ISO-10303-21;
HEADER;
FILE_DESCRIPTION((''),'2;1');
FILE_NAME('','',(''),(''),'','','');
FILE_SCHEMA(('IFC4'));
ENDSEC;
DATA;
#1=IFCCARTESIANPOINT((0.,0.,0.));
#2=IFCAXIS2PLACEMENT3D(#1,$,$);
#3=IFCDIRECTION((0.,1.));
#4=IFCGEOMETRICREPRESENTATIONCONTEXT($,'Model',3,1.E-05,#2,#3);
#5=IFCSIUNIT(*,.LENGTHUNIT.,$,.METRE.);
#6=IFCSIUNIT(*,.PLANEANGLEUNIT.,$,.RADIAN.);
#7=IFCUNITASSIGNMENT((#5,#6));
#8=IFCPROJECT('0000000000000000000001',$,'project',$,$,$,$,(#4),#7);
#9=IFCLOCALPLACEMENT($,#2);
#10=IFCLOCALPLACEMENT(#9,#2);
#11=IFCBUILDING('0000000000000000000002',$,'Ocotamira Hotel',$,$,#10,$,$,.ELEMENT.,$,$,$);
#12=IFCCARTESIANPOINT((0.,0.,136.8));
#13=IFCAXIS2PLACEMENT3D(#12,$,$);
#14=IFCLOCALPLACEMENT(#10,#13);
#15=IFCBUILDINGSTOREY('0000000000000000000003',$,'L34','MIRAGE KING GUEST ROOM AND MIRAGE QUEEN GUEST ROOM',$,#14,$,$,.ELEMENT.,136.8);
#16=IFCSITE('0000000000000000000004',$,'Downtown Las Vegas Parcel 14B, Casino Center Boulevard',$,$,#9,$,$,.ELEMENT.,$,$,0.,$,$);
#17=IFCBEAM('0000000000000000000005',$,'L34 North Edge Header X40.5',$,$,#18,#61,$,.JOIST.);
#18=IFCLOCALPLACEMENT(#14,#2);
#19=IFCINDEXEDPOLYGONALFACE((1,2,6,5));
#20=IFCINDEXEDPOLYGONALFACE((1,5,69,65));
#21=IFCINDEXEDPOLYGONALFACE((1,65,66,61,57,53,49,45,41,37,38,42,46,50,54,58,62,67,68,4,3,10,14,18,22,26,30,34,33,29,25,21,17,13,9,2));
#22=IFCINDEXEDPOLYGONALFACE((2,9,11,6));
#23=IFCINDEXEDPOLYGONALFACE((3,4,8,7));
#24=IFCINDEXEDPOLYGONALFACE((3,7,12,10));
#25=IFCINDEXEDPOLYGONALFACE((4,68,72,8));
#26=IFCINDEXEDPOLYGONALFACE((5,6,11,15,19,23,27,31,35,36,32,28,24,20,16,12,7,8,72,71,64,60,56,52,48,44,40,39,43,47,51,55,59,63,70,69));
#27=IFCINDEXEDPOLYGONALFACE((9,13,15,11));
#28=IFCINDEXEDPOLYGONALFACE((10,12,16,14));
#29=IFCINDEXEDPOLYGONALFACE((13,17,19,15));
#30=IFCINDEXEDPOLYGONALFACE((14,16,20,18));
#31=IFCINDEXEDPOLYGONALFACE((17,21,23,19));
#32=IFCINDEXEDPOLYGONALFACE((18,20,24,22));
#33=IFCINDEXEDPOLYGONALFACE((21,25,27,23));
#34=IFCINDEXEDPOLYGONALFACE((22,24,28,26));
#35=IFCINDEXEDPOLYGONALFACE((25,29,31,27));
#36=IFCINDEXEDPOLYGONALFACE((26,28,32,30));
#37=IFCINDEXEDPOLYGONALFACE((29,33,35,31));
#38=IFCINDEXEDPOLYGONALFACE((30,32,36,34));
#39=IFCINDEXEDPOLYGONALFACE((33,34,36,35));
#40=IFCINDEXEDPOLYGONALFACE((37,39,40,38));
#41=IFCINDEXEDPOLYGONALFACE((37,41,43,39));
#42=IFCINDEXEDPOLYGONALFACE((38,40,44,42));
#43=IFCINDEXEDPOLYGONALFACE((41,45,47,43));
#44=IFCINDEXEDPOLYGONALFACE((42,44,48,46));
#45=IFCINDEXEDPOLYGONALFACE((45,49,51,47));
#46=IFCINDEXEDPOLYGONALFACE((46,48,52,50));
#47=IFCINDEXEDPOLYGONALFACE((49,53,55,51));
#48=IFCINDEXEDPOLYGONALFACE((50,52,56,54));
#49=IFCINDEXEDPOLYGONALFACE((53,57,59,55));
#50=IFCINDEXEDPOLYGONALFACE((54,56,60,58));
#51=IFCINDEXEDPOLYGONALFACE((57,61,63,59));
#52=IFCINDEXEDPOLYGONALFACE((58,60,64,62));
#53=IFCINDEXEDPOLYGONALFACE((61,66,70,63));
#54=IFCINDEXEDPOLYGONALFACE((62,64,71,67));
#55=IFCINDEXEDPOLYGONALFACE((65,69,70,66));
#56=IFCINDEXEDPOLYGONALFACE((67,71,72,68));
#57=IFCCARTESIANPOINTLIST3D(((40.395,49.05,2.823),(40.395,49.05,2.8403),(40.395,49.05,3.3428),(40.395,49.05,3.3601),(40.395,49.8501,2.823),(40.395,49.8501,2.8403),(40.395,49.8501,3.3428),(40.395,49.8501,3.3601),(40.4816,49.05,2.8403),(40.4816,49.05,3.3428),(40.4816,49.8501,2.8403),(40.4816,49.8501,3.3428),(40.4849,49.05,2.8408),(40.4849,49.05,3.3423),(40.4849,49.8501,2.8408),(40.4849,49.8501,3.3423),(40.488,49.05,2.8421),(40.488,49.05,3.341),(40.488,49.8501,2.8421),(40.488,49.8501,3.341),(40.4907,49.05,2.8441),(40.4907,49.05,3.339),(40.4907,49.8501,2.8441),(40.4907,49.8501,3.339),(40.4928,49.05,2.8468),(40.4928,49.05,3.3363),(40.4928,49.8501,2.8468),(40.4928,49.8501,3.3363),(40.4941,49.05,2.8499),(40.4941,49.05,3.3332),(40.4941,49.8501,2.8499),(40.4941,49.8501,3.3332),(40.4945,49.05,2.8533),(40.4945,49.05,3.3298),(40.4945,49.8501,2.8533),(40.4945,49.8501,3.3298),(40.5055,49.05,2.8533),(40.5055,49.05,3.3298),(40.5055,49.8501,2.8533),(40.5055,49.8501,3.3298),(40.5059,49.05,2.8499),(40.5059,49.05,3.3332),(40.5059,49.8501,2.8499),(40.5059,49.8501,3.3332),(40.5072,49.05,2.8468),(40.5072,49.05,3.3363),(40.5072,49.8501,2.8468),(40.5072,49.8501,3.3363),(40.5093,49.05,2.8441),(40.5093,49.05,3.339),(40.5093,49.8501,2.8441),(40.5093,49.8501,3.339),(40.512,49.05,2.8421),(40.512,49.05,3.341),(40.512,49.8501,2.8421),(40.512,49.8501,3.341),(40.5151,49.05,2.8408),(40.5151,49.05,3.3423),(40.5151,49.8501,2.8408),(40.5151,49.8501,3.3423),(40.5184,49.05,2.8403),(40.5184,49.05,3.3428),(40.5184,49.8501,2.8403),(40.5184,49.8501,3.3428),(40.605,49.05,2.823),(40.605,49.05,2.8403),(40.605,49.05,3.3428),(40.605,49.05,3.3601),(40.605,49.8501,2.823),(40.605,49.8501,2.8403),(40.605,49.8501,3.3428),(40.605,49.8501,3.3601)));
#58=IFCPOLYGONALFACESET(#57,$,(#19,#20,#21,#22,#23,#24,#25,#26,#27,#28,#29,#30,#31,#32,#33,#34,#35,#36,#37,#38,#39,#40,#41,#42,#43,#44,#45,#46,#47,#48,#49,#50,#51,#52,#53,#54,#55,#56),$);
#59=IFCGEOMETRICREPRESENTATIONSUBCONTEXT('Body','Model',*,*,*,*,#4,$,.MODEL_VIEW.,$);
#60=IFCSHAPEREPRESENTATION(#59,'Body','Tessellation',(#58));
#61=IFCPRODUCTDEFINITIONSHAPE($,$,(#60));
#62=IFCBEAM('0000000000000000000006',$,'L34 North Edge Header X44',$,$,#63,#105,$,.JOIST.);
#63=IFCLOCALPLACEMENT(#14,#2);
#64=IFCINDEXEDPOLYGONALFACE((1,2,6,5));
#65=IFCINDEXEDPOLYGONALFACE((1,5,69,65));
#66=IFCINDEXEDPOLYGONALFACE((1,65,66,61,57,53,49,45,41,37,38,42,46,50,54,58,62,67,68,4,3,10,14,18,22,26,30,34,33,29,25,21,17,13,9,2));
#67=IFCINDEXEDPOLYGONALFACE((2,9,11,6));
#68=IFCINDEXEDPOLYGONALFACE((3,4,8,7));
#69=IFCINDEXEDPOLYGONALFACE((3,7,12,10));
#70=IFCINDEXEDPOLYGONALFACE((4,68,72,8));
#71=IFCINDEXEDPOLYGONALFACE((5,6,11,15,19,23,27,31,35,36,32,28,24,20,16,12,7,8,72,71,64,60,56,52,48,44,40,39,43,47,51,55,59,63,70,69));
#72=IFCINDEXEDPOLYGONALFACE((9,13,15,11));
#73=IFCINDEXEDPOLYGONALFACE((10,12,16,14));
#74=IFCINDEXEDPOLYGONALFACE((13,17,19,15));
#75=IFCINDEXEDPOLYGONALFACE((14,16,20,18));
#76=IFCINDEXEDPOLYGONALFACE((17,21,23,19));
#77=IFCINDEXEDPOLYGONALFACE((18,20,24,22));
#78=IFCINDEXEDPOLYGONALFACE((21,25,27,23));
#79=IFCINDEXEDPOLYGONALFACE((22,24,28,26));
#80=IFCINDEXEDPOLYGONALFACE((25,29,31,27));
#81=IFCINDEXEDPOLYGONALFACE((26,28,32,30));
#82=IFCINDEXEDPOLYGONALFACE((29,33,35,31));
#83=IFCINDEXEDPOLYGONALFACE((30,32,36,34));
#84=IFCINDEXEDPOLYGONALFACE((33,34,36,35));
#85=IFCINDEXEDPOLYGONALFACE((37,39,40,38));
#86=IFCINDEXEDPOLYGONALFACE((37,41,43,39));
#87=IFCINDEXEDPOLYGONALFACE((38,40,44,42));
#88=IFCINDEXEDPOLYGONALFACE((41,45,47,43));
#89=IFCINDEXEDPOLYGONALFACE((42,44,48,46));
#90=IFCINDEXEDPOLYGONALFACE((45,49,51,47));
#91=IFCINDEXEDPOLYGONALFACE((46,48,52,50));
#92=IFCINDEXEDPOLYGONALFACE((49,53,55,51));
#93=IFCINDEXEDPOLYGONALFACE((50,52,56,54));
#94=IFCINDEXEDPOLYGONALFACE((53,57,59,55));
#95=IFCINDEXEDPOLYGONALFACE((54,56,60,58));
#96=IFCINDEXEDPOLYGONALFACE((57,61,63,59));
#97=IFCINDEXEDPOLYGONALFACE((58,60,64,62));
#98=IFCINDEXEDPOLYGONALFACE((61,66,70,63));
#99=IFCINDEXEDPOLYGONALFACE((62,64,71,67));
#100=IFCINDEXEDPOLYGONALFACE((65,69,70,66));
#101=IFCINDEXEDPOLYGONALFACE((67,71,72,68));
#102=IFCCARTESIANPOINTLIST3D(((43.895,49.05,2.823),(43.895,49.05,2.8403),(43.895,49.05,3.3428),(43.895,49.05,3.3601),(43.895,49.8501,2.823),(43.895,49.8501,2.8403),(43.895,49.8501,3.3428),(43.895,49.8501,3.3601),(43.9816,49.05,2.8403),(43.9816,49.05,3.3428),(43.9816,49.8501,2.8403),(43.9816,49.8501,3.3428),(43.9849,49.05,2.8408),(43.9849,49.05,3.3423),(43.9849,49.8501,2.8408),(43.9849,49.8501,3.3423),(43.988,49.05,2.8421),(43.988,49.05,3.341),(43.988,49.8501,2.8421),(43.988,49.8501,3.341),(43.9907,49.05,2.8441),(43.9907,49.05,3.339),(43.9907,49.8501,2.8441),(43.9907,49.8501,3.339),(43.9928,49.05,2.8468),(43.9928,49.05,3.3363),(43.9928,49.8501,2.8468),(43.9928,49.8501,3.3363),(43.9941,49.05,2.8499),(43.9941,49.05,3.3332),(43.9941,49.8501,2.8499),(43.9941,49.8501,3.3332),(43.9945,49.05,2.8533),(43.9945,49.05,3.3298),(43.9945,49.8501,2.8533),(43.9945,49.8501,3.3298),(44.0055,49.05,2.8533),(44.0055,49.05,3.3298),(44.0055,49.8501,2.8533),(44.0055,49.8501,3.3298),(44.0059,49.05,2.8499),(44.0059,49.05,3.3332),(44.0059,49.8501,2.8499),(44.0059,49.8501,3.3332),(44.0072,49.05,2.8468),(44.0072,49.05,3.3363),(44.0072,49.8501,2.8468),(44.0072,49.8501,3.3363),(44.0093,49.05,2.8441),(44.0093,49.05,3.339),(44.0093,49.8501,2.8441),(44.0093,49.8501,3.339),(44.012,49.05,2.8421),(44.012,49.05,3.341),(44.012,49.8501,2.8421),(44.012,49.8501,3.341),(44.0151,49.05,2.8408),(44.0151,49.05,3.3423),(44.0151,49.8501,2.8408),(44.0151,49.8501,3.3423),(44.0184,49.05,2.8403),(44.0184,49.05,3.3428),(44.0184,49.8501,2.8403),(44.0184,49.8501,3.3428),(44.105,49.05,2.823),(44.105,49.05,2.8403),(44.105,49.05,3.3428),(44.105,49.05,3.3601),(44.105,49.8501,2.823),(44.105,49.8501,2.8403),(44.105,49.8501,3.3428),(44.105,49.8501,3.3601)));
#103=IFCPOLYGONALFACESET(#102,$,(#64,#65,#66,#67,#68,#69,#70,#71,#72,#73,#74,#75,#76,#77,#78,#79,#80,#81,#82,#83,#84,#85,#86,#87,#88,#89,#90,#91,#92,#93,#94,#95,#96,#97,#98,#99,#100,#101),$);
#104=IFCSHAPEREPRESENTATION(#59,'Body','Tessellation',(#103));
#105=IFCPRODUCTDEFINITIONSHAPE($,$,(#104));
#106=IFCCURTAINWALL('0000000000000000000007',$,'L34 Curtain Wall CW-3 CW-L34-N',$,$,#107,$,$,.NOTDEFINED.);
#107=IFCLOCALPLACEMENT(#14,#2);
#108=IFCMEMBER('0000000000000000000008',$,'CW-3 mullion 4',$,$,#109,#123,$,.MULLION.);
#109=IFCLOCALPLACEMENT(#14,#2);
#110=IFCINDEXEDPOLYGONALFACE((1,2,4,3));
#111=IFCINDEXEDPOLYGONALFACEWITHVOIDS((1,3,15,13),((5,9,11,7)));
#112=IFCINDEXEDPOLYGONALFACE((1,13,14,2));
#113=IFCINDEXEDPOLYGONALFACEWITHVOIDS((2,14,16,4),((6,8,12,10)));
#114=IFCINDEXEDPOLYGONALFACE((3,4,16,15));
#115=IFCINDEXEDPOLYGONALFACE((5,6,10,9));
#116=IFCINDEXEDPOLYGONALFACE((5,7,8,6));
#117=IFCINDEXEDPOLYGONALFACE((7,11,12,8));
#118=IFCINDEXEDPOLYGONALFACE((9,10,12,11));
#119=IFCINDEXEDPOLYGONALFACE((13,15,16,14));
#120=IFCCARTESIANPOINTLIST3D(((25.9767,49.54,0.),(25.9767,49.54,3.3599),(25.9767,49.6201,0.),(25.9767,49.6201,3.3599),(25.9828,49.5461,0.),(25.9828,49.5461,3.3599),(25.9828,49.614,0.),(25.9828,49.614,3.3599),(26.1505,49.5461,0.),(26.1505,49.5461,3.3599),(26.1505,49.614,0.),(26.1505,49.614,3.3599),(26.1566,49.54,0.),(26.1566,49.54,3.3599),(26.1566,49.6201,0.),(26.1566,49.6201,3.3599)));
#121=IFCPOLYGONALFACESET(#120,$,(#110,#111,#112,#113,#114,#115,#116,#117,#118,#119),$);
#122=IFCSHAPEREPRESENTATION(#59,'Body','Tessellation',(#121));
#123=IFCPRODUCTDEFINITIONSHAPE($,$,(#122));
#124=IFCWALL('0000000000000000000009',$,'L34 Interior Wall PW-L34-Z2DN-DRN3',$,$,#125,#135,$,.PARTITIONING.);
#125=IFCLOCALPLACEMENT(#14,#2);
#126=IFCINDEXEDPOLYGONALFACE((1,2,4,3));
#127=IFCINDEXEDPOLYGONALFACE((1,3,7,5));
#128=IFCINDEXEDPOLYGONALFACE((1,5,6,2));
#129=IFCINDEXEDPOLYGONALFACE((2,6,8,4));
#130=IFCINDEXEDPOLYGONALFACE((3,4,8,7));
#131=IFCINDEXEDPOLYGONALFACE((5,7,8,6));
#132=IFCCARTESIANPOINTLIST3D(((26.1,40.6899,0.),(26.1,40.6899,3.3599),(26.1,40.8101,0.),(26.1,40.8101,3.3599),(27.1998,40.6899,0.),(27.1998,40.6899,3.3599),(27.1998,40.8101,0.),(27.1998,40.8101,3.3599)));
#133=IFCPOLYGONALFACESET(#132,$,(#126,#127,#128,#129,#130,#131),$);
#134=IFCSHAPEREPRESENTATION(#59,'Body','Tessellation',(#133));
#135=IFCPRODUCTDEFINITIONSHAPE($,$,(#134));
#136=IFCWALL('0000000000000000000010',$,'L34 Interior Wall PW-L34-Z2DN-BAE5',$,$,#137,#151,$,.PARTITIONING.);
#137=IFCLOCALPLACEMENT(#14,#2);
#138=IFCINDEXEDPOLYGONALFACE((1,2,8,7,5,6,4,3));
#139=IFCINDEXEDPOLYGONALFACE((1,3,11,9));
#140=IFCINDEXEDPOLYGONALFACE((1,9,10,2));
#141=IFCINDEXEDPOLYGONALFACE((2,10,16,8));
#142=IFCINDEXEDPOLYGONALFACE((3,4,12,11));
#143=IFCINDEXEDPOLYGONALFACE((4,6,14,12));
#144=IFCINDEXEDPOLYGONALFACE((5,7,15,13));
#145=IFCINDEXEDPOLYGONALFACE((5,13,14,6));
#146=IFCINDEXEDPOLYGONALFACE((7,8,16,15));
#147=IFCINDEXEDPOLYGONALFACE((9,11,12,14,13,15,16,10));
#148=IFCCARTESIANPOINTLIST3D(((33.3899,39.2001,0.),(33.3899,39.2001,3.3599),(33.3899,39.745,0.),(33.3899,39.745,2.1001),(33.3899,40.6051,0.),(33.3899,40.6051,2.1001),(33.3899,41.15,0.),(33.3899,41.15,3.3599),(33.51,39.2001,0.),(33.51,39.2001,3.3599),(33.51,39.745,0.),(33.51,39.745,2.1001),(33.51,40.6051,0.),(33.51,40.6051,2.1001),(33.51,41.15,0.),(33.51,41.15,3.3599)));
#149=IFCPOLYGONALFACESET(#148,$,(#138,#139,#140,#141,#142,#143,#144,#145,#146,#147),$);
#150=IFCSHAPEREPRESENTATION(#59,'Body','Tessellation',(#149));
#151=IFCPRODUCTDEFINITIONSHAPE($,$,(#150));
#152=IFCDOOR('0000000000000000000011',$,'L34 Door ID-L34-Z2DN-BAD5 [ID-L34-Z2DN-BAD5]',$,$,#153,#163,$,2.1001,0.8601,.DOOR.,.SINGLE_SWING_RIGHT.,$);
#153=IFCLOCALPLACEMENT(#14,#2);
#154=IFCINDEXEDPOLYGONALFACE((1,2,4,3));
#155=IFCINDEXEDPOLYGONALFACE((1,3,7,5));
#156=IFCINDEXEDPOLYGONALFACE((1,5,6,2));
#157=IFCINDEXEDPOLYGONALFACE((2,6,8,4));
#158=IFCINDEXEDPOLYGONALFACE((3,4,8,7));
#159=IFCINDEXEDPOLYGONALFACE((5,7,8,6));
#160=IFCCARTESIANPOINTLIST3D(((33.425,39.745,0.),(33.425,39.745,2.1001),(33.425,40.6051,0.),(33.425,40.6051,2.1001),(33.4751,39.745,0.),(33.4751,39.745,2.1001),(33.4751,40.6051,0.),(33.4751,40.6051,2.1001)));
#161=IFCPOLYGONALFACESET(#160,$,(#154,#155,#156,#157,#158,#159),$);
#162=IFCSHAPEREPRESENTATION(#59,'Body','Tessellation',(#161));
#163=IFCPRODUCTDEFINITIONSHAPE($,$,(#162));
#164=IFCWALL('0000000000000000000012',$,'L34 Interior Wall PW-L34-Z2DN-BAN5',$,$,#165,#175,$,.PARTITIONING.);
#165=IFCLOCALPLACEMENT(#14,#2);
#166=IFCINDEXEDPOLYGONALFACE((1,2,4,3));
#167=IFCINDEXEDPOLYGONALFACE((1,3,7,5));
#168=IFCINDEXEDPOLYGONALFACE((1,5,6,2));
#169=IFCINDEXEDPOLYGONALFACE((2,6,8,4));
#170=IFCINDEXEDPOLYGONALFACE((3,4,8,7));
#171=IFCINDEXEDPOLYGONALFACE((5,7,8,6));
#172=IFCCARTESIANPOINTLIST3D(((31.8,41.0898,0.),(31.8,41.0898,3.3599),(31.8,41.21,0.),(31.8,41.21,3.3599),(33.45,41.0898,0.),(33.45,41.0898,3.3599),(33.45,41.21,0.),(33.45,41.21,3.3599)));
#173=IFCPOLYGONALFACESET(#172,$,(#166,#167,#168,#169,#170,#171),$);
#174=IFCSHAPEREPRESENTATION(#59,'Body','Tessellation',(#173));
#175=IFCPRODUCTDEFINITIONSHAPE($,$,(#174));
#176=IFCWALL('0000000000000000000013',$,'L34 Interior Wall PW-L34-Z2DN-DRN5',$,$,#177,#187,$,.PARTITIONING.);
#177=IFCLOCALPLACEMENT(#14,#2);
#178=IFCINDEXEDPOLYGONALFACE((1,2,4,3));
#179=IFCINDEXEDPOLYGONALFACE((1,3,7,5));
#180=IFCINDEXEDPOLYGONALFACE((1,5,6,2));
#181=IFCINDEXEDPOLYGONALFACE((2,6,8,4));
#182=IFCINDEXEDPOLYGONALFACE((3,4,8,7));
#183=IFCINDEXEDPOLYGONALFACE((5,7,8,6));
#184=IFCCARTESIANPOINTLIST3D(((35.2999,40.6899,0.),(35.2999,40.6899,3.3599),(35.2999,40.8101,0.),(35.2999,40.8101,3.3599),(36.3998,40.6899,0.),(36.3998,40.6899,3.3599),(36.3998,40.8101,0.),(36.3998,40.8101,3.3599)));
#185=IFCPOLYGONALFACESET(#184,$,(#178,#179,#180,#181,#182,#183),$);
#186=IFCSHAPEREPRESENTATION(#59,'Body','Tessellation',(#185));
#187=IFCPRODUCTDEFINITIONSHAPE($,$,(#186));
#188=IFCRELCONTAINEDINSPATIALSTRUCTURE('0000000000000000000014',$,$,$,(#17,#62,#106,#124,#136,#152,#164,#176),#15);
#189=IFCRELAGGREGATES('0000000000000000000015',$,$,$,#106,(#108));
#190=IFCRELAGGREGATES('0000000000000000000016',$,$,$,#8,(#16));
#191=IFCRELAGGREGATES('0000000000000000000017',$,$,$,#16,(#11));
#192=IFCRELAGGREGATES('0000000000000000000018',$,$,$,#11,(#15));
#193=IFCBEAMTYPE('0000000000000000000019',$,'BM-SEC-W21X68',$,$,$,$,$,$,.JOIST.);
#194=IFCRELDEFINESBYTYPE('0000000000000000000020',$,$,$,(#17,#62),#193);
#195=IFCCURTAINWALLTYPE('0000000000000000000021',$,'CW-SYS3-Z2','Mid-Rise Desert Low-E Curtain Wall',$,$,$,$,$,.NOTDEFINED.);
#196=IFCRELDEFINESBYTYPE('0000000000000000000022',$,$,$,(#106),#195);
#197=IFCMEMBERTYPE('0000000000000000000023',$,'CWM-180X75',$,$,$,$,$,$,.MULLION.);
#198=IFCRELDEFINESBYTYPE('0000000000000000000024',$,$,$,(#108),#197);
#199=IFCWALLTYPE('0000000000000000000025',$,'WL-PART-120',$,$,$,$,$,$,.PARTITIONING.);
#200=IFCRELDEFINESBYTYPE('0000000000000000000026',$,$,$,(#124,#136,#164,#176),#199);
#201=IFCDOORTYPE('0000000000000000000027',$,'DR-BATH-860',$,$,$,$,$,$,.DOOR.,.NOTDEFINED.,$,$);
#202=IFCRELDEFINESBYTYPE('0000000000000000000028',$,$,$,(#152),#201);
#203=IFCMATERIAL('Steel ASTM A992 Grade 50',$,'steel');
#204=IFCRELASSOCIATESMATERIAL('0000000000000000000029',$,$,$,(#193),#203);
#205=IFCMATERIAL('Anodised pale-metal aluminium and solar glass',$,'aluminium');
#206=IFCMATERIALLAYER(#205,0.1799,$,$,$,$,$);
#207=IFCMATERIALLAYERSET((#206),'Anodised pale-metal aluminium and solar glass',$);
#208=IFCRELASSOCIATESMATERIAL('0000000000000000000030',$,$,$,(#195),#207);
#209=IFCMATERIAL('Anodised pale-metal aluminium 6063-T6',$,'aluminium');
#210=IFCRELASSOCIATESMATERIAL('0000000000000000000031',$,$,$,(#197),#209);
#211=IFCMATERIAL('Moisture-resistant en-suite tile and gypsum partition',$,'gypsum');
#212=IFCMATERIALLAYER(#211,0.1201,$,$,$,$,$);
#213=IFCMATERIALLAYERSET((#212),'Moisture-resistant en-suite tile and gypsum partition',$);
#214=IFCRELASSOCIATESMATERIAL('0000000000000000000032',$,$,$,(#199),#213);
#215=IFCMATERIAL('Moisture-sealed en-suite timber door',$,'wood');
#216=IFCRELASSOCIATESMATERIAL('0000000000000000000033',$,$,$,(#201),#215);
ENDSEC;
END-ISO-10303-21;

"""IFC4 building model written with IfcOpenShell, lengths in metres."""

from ifc_helpers import new_model, si_unit, direction, frame, frame_2d, origin, origin_2d, place, context, subcontext, project, spatial, rectangle, hollow_rectangle, i_section, extrude, source, transform, mapped, material, layer, layer_set, material_profile, profile_set, type_object, element, fill, aggregate, save


model = new_model("IFC4")

# Units and contexts
model_context = context("Model", 3, precision=1e-05, world=origin(), true_north=direction((0.0, 1.0)))
body_context = subcontext(model_context, "Body", "Model", "MODEL_VIEW")
ifc_project = project(units=[si_unit("LENGTHUNIT", "METRE"), si_unit("PLANEANGLEUNIT", "RADIAN")], contexts=[model_context])

# Site, building, storey
site_placement = place(None, origin())
site = spatial("IfcSite", under=ifc_project, at=site_placement, Name="Downtown Las Vegas Parcel 14B, Casino Center Boulevard", CompositionType="ELEMENT", RefElevation=0.0)
building_placement = place(site_placement, origin())
building = spatial("IfcBuilding", under=site, at=building_placement, Name="Ocotamira Hotel", CompositionType="ELEMENT")
storey_placement = place(building_placement, frame((0.0, 0.0, 136.8)))
storey = spatial("IfcBuildingStorey", under=building, at=storey_placement, Name="L34", Description="MIRAGE KING GUEST ROOM AND MIRAGE QUEEN GUEST ROOM", CompositionType="ELEMENT", Elevation=136.8)

# Beams
ifc_material_1 = material(Name="Steel ASTM A992 Grade 50", Category="steel")
ifc_material_profile_1 = material_profile(ifc_material_1, i_section(OverallWidth=0.21, OverallDepth=0.5371, WebThickness=0.011, FlangeThickness=0.0173, FilletRadius=0.0129, at=origin_2d()), Name="W21X68")
ifc_profile_set_1 = profile_set([ifc_material_profile_1], Name="Steel ASTM A992 Grade 50")
beam_type_1 = type_object("IfcBeamType", Name="BM-SEC-W21X68", PredefinedType="JOIST", material=ifc_profile_set_1)
shared_shape_1 = source(origin(), body_context, "Body", "SweptSolid", [
    extrude(i_section(OverallWidth=0.21, OverallDepth=0.5371, WebThickness=0.011, FlangeThickness=0.0173, FilletRadius=0.0129, at=origin_2d()), origin(), (0.0, 0.0, 1.0), 0.8),
])
for number, where, z_axis, x_axis, name in (
    (1, (40.5, 49.05, 3.0916), (0.0, 1.0, 0.0), (-1.0, 0.0, 0.0), "L34 North Edge Header X40.5"),
    (2, (44.0, 49.05, 3.0916), (0.0, 1.0, 0.0), (-1.0, 0.0, 0.0), "L34 North Edge Header X44"),
):
    element("IfcBeam", number, at=place(storey_placement, frame(where, z_axis=z_axis, x_axis=x_axis)), inside=storey, type_object=beam_type_1, Name=name, PredefinedType="JOIST", context=body_context, shape_type="MappedRepresentation", body=[
        mapped(shared_shape_1, transform((0.0, 0.0, 0.0), scale=1.0)),
    ])

# Curtain wall, member
ifc_material_2 = material(Name="Anodised pale-metal aluminium and solar glass", Category="aluminium")
ifc_layer_1 = layer(ifc_material_2, 0.1799)
ifc_layer_set_1 = layer_set([ifc_layer_1], Name="Anodised pale-metal aluminium and solar glass")
curtain_wall_type = type_object("IfcCurtainWallType", Name="CW-SYS3-Z2", Description="Mid-Rise Desert Low-E Curtain Wall", PredefinedType="NOTDEFINED", material=ifc_layer_set_1)
curtain_wall_placement = place(storey_placement, origin())
curtain_wall = element("IfcCurtainWall", 3, at=curtain_wall_placement, inside=storey, type_object=curtain_wall_type, Name="L34 Curtain Wall CW-3 CW-L34-N", PredefinedType="NOTDEFINED")
ifc_material_3 = material(Name="Anodised pale-metal aluminium 6063-T6", Category="aluminium")
ifc_material_profile_2 = material_profile(ifc_material_3, hollow_rectangle(XDim=0.0801, YDim=0.1799, WallThickness=0.0061, at=origin_2d()), Name="HSS180X80X6")
ifc_profile_set_2 = profile_set([ifc_material_profile_2], Name="Anodised pale-metal aluminium 6063-T6")
member_type = type_object("IfcMemberType", Name="CWM-180X75", PredefinedType="MULLION", material=ifc_profile_set_2)
shared_shape_2 = source(origin(), body_context, "Body", "SweptSolid", [
    extrude(hollow_rectangle(XDim=0.0801, YDim=0.1799, WallThickness=0.0061, at=origin_2d()), origin(), (0.0, 0.0, 1.0), 3.3599),
])
member_placement = place(storey_placement, frame((26.0667, 49.5801, 0.0), z_axis=(0.0, 0.0, 1.0), x_axis=(0.0, 1.0, 0.0)))
member = element("IfcMember", 4, at=member_placement, type_object=member_type, Name="CW-3 mullion 4", PredefinedType="MULLION", context=body_context, shape_type="MappedRepresentation", body=[
    mapped(shared_shape_2, transform((0.0, 0.0, 0.0), scale=1.0)),
])
aggregate(curtain_wall, [member])

# Wall
ifc_material_4 = material(Name="Moisture-resistant en-suite tile and gypsum partition", Category="gypsum")
ifc_layer_2 = layer(ifc_material_4, 0.1201)
ifc_layer_set_2 = layer_set([ifc_layer_2], Name="Moisture-resistant en-suite tile and gypsum partition")
wall_type_1 = type_object("IfcWallType", Name="WL-PART-120", PredefinedType="PARTITIONING", material=ifc_layer_set_2)
wall_1_placement = place(storey_placement, frame((26.1001, 40.75, 0.0), z_axis=(0.0, 0.0, 1.0), x_axis=(1.0, 0.0, 0.0)))
element("IfcWall", 5, at=wall_1_placement, inside=storey, type_object=wall_type_1, Name="L34 Interior Wall PW-L34-Z2DN-DRN3", PredefinedType="PARTITIONING", context=body_context, shape_type="SweptSolid", body=[
    extrude(rectangle(XDim=1.0999, YDim=0.1201, at=frame_2d((0.5498, 0.0))), origin(), (0.0, 0.0, 1.0), 3.3599),
])

# Wall, opening, door
wall_2_placement = place(storey_placement, frame((33.45, 39.2, 0.0), z_axis=(0.0, 0.0, 1.0), x_axis=(0.0, 1.0, 0.0)))
wall_2 = element("IfcWall", 6, at=wall_2_placement, inside=storey, type_object=wall_type_1, Name="L34 Interior Wall PW-L34-Z2DN-BAE5", PredefinedType="PARTITIONING", context=body_context, shape_type="SweptSolid", body=[
    extrude(rectangle(XDim=1.95, YDim=0.1201, at=frame_2d((0.9751, 0.0))), origin(), (0.0, 0.0, 1.0), 3.3599),
])
opening_1_placement = place(wall_2_placement, frame((0.5449, 0.0, 0.0)))
opening_1 = element("IfcOpeningElement", 7, at=opening_1_placement, cuts=wall_2, PredefinedType="OPENING", context=body_context, shape_type="SweptSolid", body=[
    extrude(rectangle(XDim=0.8601, YDim=2.1001, at=frame_2d((0.4302, 1.05))), frame((0.0, 0.0701, 0.0), z_axis=(0.0, -1.0, 0.0), x_axis=(1.0, 0.0, 0.0)), (0.0, 0.0, 1.0), 0.1401),
])
ifc_material_5 = material(Name="Moisture-sealed en-suite timber door", Category="wood")
door_type = type_object("IfcDoorType", Name="DR-BATH-860", OperationType="NOTDEFINED", PredefinedType="DOOR", material=ifc_material_5)
shared_shape_3 = source(origin(), body_context, "Body", "SweptSolid", [
    extrude(rectangle(XDim=0.8601, YDim=2.1001, at=frame_2d((0.4302, 1.05))), frame((0.0, 0.0249, 0.0), z_axis=(0.0, -1.0, 0.0), x_axis=(1.0, 0.0, 0.0)), (0.0, 0.0, 1.0), 0.05),
])
door_1_placement = place(opening_1_placement, origin())
door_1 = element("IfcDoor", 8, at=door_1_placement, inside=storey, type_object=door_type, Name="L34 Door ID-L34-Z2DN-BAD5 [ID-L34-Z2DN-BAD5]", OperationType="SINGLE_SWING_RIGHT", OverallHeight=2.1001, OverallWidth=0.8601, PredefinedType="DOOR", context=body_context, shape_type="MappedRepresentation", body=[
    mapped(shared_shape_3, transform((0.0, 0.0, 0.0), scale=1.0)),
])
fill(opening_1, door_1)

# Walls
wall_3_placement = place(storey_placement, frame((31.8, 41.1499, 0.0), z_axis=(0.0, 0.0, 1.0), x_axis=(1.0, 0.0, 0.0)))
element("IfcWall", 9, at=wall_3_placement, inside=storey, type_object=wall_type_1, Name="L34 Interior Wall PW-L34-Z2DN-BAN5", PredefinedType="PARTITIONING", context=body_context, shape_type="SweptSolid", body=[
    extrude(rectangle(XDim=1.6499, YDim=0.1201, at=frame_2d((0.825, 0.0))), origin(), (0.0, 0.0, 1.0), 3.3599),
])
wall_4_placement = place(storey_placement, frame((35.3, 40.75, 0.0), z_axis=(0.0, 0.0, 1.0), x_axis=(1.0, 0.0, 0.0)))
element("IfcWall", 10, at=wall_4_placement, inside=storey, type_object=wall_type_1, Name="L34 Interior Wall PW-L34-Z2DN-DRN5", PredefinedType="PARTITIONING", context=body_context, shape_type="SweptSolid", body=[
    extrude(rectangle(XDim=1.0999, YDim=0.1201, at=frame_2d((0.5498, 0.0))), origin(), (0.0, 0.0, 1.0), 3.3599),
])

save(model, "model.ifc")
